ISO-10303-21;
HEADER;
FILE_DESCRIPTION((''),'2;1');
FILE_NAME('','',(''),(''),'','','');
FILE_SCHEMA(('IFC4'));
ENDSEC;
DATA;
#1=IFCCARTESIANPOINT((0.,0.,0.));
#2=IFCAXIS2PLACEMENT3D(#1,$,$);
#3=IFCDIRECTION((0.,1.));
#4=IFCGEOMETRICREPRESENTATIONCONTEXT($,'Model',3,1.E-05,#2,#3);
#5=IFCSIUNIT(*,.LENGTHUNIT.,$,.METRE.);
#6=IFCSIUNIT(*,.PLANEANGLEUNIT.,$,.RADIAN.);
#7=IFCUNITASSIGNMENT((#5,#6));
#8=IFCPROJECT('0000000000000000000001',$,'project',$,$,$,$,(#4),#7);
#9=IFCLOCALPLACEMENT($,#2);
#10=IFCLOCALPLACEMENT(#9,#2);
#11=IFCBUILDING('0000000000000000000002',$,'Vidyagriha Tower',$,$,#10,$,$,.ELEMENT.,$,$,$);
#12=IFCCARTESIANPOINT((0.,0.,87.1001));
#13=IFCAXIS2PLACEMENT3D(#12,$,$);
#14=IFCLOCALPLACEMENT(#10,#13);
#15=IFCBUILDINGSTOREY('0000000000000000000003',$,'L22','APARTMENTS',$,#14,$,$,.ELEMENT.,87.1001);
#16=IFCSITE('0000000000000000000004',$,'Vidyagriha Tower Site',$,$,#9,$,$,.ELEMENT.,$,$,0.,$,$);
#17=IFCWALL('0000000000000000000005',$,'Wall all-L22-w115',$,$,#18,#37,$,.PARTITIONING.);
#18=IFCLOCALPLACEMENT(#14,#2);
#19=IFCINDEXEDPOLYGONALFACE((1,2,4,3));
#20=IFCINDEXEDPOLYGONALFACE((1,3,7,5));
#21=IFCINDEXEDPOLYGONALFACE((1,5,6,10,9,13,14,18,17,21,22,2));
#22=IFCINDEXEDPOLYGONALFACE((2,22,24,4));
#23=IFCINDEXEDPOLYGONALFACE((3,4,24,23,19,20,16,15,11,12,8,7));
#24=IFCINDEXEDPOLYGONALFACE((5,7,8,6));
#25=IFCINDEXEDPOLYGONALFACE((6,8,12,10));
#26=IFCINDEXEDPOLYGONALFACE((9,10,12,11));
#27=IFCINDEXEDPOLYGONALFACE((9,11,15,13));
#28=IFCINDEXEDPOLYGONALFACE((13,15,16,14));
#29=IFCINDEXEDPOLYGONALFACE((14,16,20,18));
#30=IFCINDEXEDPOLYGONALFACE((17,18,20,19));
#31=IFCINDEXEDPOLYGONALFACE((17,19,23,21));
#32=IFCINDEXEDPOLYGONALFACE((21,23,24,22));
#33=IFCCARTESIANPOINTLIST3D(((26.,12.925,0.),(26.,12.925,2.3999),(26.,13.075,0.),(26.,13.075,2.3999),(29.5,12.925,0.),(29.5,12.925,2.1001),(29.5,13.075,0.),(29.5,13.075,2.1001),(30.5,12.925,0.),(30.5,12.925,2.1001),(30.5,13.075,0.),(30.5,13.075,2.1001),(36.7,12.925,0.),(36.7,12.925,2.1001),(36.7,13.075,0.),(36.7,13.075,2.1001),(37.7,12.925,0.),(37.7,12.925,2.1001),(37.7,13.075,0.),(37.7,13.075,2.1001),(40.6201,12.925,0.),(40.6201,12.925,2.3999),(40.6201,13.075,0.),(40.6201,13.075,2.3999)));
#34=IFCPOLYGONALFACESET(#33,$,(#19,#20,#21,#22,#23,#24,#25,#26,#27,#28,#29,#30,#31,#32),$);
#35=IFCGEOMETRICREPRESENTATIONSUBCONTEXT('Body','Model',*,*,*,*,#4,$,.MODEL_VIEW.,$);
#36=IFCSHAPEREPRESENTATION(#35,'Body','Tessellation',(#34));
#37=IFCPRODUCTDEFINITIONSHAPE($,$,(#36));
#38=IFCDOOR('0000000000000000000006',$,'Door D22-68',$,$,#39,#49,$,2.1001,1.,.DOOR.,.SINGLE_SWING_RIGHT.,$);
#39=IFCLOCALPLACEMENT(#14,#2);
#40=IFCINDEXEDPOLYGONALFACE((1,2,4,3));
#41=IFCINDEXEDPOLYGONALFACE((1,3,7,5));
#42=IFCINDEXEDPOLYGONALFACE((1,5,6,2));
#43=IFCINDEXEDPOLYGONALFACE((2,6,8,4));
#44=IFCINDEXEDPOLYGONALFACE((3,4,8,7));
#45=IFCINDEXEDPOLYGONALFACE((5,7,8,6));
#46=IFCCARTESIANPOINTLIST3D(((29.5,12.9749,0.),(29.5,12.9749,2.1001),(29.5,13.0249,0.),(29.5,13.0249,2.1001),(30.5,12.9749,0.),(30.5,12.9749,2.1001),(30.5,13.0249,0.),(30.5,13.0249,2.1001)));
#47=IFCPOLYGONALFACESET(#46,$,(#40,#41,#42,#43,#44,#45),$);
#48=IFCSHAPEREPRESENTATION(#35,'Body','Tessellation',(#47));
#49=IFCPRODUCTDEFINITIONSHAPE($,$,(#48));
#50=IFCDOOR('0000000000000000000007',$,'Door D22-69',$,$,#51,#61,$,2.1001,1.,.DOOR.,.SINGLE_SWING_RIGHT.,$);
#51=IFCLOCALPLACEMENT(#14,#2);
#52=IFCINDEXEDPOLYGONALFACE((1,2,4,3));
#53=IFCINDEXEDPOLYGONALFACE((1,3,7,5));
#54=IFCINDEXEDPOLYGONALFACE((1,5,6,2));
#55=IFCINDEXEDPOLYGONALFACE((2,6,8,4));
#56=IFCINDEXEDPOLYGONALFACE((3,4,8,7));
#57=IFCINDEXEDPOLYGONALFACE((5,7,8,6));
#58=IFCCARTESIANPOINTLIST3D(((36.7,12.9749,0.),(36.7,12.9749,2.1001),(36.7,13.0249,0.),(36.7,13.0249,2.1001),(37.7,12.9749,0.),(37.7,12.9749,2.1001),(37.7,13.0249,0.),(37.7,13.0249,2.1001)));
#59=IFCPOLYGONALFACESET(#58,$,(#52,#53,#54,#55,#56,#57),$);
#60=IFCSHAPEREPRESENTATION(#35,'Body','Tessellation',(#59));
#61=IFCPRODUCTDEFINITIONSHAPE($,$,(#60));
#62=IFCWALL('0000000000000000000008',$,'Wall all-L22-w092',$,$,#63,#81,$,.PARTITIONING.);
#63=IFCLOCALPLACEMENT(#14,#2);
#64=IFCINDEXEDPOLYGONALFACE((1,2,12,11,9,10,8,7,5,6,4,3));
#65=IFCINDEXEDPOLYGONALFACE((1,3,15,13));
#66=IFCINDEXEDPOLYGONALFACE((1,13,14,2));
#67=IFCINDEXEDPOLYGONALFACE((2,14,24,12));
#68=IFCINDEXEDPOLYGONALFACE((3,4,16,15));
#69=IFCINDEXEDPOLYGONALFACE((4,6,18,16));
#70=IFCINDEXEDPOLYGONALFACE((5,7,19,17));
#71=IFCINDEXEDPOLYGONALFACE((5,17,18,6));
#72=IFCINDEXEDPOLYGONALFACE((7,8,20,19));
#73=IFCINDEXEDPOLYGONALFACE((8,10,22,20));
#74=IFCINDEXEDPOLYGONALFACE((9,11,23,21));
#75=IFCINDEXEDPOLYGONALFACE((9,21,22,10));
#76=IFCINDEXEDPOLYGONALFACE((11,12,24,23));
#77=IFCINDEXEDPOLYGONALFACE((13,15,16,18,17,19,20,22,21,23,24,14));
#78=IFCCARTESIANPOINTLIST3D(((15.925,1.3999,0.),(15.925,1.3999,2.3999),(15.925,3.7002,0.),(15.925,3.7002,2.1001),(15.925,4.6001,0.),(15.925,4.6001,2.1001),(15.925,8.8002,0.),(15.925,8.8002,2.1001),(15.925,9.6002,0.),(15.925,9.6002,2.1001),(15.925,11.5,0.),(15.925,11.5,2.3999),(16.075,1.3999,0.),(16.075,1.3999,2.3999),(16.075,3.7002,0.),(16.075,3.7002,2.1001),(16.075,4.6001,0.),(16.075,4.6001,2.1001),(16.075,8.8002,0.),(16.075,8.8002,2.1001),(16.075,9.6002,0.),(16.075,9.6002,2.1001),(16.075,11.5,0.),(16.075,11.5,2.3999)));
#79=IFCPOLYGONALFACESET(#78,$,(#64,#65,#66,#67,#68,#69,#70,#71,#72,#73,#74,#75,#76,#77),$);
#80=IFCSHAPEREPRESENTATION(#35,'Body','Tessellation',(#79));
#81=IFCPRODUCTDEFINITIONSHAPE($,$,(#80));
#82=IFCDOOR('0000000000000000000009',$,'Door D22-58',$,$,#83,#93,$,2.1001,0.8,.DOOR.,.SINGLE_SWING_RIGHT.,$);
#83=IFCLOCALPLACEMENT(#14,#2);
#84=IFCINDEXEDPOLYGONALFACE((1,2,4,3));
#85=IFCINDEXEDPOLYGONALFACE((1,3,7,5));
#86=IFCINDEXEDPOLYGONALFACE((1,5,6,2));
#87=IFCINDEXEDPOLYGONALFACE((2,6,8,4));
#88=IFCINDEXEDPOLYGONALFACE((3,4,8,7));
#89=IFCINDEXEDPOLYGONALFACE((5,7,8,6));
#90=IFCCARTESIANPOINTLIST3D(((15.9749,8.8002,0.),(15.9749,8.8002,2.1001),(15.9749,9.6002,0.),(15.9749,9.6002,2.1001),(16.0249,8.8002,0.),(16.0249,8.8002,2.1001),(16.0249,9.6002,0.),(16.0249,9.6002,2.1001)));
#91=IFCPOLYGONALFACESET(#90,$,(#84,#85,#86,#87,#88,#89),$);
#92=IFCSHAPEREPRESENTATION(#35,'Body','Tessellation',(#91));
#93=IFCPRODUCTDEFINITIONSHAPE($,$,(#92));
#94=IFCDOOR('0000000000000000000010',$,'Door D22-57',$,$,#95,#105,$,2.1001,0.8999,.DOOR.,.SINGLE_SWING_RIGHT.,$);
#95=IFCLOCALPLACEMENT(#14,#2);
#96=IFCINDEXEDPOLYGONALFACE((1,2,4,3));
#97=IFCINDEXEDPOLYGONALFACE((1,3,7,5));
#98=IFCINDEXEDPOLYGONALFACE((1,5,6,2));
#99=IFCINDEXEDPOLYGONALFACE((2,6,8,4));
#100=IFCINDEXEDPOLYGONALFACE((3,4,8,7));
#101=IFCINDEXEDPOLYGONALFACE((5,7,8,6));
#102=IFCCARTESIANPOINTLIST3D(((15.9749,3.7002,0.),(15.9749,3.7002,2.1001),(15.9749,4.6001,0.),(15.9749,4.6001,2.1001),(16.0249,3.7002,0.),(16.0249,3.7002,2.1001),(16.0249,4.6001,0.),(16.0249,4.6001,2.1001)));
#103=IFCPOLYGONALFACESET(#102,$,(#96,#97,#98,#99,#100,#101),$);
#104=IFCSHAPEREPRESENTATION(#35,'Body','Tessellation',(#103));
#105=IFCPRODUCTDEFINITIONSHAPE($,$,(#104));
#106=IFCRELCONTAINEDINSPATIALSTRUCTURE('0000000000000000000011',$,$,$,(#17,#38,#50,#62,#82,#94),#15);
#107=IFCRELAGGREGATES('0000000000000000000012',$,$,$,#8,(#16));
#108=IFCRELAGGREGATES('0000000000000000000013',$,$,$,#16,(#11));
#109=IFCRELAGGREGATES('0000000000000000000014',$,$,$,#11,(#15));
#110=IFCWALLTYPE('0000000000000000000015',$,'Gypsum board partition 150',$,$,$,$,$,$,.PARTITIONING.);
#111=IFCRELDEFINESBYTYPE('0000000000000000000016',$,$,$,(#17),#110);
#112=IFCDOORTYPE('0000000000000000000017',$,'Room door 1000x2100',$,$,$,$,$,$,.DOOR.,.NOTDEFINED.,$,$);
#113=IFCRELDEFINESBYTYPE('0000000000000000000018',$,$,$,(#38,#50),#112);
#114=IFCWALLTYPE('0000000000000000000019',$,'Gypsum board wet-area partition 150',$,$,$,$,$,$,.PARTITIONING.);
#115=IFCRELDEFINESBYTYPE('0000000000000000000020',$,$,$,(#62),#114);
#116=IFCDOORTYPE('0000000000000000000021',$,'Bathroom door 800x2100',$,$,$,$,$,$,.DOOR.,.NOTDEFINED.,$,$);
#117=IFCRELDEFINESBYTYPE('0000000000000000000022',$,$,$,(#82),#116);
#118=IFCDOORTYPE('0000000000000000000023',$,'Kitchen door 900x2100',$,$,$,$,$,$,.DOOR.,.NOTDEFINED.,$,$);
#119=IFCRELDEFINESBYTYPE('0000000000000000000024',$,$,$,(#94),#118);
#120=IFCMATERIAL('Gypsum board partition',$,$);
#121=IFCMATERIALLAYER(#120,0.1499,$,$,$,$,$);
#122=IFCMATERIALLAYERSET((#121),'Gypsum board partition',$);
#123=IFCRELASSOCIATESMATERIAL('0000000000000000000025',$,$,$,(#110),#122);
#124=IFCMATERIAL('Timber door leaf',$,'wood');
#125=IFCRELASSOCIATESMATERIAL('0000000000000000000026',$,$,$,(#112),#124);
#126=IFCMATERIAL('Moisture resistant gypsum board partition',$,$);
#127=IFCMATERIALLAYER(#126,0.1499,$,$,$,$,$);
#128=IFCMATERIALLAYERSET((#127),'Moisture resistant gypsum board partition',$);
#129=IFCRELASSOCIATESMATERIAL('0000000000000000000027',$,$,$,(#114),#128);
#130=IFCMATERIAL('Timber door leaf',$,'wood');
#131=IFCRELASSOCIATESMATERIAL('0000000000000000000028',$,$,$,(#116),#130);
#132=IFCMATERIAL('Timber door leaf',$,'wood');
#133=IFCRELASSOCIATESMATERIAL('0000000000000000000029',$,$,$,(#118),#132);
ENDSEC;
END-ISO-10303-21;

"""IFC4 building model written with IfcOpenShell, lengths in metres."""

from ifc_helpers import new_model, si_unit, direction, frame, frame_2d, origin, place, context, subcontext, project, spatial, rectangle, extrude, material, layer, layer_set, type_object, element, fill, save


model = new_model("IFC4")

# Units and contexts
model_context = context("Model", 3, precision=1e-05, world=origin(), true_north=direction((0.0, 1.0)))
body_context = subcontext(model_context, "Body", "Model", "MODEL_VIEW")
ifc_project = project(units=[si_unit("LENGTHUNIT", "METRE"), si_unit("PLANEANGLEUNIT", "RADIAN")], contexts=[model_context])

# Site, building, storey
site_placement = place(None, origin())
site = spatial("IfcSite", under=ifc_project, at=site_placement, Name="Vidyagriha Tower Site", CompositionType="ELEMENT", RefElevation=0.0)
building_placement = place(site_placement, origin())
building = spatial("IfcBuilding", under=site, at=building_placement, Name="Vidyagriha Tower", CompositionType="ELEMENT")
storey_placement = place(building_placement, frame((0.0, 0.0, 87.1001)))
storey = spatial("IfcBuildingStorey", under=building, at=storey_placement, Name="L22", Description="APARTMENTS", CompositionType="ELEMENT", Elevation=87.1001)

# Shared definitions
ifc_material_1 = material(Name="Gypsum board partition")
ifc_layer_1 = layer(ifc_material_1, 0.1499)
ifc_layer_set_1 = layer_set([ifc_layer_1], Name="Gypsum board partition")
wall_type_1 = type_object("IfcWallType", Name="Gypsum board partition 150", PredefinedType="PARTITIONING", material=ifc_layer_set_1)

# Walls, openings, doors
wall_1_placement = place(storey_placement, frame((26.0, 13.0, 0.0)))
wall_1 = element("IfcWall", 1, at=wall_1_placement, inside=storey, type_object=wall_type_1, Name="Wall all-L22-w115", PredefinedType="PARTITIONING", context=body_context, shape_type="SweptSolid", body=[
    extrude(rectangle(XDim=14.6201, YDim=0.1499, at=frame_2d((7.3101, 0.0))), origin(), (0.0, 0.0, 1.0), 2.3999),
])
opening_1_placement = place(wall_1_placement, frame((3.5, 0.0, 0.0)))
opening_1 = element("IfcOpeningElement", 2, at=opening_1_placement, cuts=wall_1, PredefinedType="OPENING", context=body_context, shape_type="SweptSolid", body=[
    extrude(rectangle(XDim=1.0, YDim=2.1001, at=frame_2d((0.5, 1.05))), frame((0.0, 0.085, 0.0), z_axis=(0.0, -1.0, 0.0), x_axis=(1.0, 0.0, 0.0)), (0.0, 0.0, 1.0), 0.1699),
])
opening_2_placement = place(wall_1_placement, frame((10.7, 0.0, 0.0)))
opening_2 = element("IfcOpeningElement", 3, at=opening_2_placement, cuts=wall_1, PredefinedType="OPENING", context=body_context, shape_type="SweptSolid", body=[
    extrude(rectangle(XDim=1.0, YDim=2.1001, at=frame_2d((0.5, 1.05))), frame((0.0, 0.085, 0.0), z_axis=(0.0, -1.0, 0.0), x_axis=(1.0, 0.0, 0.0)), (0.0, 0.0, 1.0), 0.1699),
])
ifc_material_2 = material(Name="Timber door leaf", Category="wood")
door_type_1 = type_object("IfcDoorType", Name="Room door 1000x2100", OperationType="NOTDEFINED", PredefinedType="DOOR", material=ifc_material_2)
door_1_placement = place(opening_1_placement, origin())
door_1 = element("IfcDoor", 4, at=door_1_placement, inside=storey, type_object=door_type_1, Name="Door D22-68", OperationType="SINGLE_SWING_RIGHT", OverallHeight=2.1001, OverallWidth=1.0, PredefinedType="DOOR", context=body_context, shape_type="SweptSolid", body=[
    extrude(rectangle(XDim=1.0, YDim=2.1001, at=frame_2d((0.5, 1.05))), frame((0.0, 0.0249, 0.0), z_axis=(0.0, -1.0, 0.0), x_axis=(1.0, 0.0, 0.0)), (0.0, 0.0, 1.0), 0.05),
])
fill(opening_1, door_1)
door_2_placement = place(opening_2_placement, origin())
door_2 = element("IfcDoor", 5, at=door_2_placement, inside=storey, type_object=door_type_1, Name="Door D22-69", OperationType="SINGLE_SWING_RIGHT", OverallHeight=2.1001, OverallWidth=1.0, PredefinedType="DOOR", context=body_context, shape_type="SweptSolid", body=[
    extrude(rectangle(XDim=1.0, YDim=2.1001, at=frame_2d((0.5, 1.05))), frame((0.0, 0.0249, 0.0), z_axis=(0.0, -1.0, 0.0), x_axis=(1.0, 0.0, 0.0)), (0.0, 0.0, 1.0), 0.05),
])
fill(opening_2, door_2)
ifc_material_3 = material(Name="Moisture resistant gypsum board partition")
ifc_layer_2 = layer(ifc_material_3, 0.1499)
ifc_layer_set_2 = layer_set([ifc_layer_2], Name="Moisture resistant gypsum board partition")
wall_type_2 = type_object("IfcWallType", Name="Gypsum board wet-area partition 150", PredefinedType="PARTITIONING", material=ifc_layer_set_2)
wall_2_placement = place(storey_placement, frame((16.0, 11.5, 0.0), z_axis=(0.0, 0.0, 1.0), x_axis=(0.0, -1.0, 0.0)))
wall_2 = element("IfcWall", 6, at=wall_2_placement, inside=storey, type_object=wall_type_2, Name="Wall all-L22-w092", PredefinedType="PARTITIONING", context=body_context, shape_type="SweptSolid", body=[
    extrude(rectangle(XDim=10.1001, YDim=0.1499, at=frame_2d((5.05, 0.0))), origin(), (0.0, 0.0, 1.0), 2.3999),
])
opening_3_placement = place(wall_2_placement, frame((6.8999, 0.0, 0.0)))
opening_3 = element("IfcOpeningElement", 7, at=opening_3_placement, cuts=wall_2, PredefinedType="OPENING", context=body_context, shape_type="SweptSolid", body=[
    extrude(rectangle(XDim=0.8999, YDim=2.1001, at=frame_2d((0.45, 1.05))), frame((0.0, 0.085, 0.0), z_axis=(0.0, -1.0, 0.0), x_axis=(1.0, 0.0, 0.0)), (0.0, 0.0, 1.0), 0.1699),
])
opening_4_placement = place(wall_2_placement, frame((1.8999, 0.0, 0.0)))
opening_4 = element("IfcOpeningElement", 8, at=opening_4_placement, cuts=wall_2, PredefinedType="OPENING", context=body_context, shape_type="SweptSolid", body=[
    extrude(rectangle(XDim=0.8, YDim=2.1001, at=frame_2d((0.3999, 1.05))), frame((0.0, 0.085, 0.0), z_axis=(0.0, -1.0, 0.0), x_axis=(1.0, 0.0, 0.0)), (0.0, 0.0, 1.0), 0.1699),
])
ifc_material_4 = material(Name="Timber door leaf", Category="wood")
door_type_2 = type_object("IfcDoorType", Name="Bathroom door 800x2100", OperationType="NOTDEFINED", PredefinedType="DOOR", material=ifc_material_4)
door_3_placement = place(opening_4_placement, origin())
door_3 = element("IfcDoor", 9, at=door_3_placement, inside=storey, type_object=door_type_2, Name="Door D22-58", OperationType="SINGLE_SWING_RIGHT", OverallHeight=2.1001, OverallWidth=0.8, PredefinedType="DOOR", context=body_context, shape_type="SweptSolid", body=[
    extrude(rectangle(XDim=0.8, YDim=2.1001, at=frame_2d((0.3999, 1.05))), frame((0.0, 0.0249, 0.0), z_axis=(0.0, -1.0, 0.0), x_axis=(1.0, 0.0, 0.0)), (0.0, 0.0, 1.0), 0.05),
])
fill(opening_4, door_3)
ifc_material_5 = material(Name="Timber door leaf", Category="wood")
door_type_3 = type_object("IfcDoorType", Name="Kitchen door 900x2100", OperationType="NOTDEFINED", PredefinedType="DOOR", material=ifc_material_5)
door_4_placement = place(opening_3_placement, origin())
door_4 = element("IfcDoor", 10, at=door_4_placement, inside=storey, type_object=door_type_3, Name="Door D22-57", OperationType="SINGLE_SWING_RIGHT", OverallHeight=2.1001, OverallWidth=0.8999, PredefinedType="DOOR", context=body_context, shape_type="SweptSolid", body=[
    extrude(rectangle(XDim=0.8999, YDim=2.1001, at=frame_2d((0.45, 1.05))), frame((0.0, 0.0249, 0.0), z_axis=(0.0, -1.0, 0.0), x_axis=(1.0, 0.0, 0.0)), (0.0, 0.0, 1.0), 0.05),
])
fill(opening_3, door_4)

save(model, "model.ifc")
